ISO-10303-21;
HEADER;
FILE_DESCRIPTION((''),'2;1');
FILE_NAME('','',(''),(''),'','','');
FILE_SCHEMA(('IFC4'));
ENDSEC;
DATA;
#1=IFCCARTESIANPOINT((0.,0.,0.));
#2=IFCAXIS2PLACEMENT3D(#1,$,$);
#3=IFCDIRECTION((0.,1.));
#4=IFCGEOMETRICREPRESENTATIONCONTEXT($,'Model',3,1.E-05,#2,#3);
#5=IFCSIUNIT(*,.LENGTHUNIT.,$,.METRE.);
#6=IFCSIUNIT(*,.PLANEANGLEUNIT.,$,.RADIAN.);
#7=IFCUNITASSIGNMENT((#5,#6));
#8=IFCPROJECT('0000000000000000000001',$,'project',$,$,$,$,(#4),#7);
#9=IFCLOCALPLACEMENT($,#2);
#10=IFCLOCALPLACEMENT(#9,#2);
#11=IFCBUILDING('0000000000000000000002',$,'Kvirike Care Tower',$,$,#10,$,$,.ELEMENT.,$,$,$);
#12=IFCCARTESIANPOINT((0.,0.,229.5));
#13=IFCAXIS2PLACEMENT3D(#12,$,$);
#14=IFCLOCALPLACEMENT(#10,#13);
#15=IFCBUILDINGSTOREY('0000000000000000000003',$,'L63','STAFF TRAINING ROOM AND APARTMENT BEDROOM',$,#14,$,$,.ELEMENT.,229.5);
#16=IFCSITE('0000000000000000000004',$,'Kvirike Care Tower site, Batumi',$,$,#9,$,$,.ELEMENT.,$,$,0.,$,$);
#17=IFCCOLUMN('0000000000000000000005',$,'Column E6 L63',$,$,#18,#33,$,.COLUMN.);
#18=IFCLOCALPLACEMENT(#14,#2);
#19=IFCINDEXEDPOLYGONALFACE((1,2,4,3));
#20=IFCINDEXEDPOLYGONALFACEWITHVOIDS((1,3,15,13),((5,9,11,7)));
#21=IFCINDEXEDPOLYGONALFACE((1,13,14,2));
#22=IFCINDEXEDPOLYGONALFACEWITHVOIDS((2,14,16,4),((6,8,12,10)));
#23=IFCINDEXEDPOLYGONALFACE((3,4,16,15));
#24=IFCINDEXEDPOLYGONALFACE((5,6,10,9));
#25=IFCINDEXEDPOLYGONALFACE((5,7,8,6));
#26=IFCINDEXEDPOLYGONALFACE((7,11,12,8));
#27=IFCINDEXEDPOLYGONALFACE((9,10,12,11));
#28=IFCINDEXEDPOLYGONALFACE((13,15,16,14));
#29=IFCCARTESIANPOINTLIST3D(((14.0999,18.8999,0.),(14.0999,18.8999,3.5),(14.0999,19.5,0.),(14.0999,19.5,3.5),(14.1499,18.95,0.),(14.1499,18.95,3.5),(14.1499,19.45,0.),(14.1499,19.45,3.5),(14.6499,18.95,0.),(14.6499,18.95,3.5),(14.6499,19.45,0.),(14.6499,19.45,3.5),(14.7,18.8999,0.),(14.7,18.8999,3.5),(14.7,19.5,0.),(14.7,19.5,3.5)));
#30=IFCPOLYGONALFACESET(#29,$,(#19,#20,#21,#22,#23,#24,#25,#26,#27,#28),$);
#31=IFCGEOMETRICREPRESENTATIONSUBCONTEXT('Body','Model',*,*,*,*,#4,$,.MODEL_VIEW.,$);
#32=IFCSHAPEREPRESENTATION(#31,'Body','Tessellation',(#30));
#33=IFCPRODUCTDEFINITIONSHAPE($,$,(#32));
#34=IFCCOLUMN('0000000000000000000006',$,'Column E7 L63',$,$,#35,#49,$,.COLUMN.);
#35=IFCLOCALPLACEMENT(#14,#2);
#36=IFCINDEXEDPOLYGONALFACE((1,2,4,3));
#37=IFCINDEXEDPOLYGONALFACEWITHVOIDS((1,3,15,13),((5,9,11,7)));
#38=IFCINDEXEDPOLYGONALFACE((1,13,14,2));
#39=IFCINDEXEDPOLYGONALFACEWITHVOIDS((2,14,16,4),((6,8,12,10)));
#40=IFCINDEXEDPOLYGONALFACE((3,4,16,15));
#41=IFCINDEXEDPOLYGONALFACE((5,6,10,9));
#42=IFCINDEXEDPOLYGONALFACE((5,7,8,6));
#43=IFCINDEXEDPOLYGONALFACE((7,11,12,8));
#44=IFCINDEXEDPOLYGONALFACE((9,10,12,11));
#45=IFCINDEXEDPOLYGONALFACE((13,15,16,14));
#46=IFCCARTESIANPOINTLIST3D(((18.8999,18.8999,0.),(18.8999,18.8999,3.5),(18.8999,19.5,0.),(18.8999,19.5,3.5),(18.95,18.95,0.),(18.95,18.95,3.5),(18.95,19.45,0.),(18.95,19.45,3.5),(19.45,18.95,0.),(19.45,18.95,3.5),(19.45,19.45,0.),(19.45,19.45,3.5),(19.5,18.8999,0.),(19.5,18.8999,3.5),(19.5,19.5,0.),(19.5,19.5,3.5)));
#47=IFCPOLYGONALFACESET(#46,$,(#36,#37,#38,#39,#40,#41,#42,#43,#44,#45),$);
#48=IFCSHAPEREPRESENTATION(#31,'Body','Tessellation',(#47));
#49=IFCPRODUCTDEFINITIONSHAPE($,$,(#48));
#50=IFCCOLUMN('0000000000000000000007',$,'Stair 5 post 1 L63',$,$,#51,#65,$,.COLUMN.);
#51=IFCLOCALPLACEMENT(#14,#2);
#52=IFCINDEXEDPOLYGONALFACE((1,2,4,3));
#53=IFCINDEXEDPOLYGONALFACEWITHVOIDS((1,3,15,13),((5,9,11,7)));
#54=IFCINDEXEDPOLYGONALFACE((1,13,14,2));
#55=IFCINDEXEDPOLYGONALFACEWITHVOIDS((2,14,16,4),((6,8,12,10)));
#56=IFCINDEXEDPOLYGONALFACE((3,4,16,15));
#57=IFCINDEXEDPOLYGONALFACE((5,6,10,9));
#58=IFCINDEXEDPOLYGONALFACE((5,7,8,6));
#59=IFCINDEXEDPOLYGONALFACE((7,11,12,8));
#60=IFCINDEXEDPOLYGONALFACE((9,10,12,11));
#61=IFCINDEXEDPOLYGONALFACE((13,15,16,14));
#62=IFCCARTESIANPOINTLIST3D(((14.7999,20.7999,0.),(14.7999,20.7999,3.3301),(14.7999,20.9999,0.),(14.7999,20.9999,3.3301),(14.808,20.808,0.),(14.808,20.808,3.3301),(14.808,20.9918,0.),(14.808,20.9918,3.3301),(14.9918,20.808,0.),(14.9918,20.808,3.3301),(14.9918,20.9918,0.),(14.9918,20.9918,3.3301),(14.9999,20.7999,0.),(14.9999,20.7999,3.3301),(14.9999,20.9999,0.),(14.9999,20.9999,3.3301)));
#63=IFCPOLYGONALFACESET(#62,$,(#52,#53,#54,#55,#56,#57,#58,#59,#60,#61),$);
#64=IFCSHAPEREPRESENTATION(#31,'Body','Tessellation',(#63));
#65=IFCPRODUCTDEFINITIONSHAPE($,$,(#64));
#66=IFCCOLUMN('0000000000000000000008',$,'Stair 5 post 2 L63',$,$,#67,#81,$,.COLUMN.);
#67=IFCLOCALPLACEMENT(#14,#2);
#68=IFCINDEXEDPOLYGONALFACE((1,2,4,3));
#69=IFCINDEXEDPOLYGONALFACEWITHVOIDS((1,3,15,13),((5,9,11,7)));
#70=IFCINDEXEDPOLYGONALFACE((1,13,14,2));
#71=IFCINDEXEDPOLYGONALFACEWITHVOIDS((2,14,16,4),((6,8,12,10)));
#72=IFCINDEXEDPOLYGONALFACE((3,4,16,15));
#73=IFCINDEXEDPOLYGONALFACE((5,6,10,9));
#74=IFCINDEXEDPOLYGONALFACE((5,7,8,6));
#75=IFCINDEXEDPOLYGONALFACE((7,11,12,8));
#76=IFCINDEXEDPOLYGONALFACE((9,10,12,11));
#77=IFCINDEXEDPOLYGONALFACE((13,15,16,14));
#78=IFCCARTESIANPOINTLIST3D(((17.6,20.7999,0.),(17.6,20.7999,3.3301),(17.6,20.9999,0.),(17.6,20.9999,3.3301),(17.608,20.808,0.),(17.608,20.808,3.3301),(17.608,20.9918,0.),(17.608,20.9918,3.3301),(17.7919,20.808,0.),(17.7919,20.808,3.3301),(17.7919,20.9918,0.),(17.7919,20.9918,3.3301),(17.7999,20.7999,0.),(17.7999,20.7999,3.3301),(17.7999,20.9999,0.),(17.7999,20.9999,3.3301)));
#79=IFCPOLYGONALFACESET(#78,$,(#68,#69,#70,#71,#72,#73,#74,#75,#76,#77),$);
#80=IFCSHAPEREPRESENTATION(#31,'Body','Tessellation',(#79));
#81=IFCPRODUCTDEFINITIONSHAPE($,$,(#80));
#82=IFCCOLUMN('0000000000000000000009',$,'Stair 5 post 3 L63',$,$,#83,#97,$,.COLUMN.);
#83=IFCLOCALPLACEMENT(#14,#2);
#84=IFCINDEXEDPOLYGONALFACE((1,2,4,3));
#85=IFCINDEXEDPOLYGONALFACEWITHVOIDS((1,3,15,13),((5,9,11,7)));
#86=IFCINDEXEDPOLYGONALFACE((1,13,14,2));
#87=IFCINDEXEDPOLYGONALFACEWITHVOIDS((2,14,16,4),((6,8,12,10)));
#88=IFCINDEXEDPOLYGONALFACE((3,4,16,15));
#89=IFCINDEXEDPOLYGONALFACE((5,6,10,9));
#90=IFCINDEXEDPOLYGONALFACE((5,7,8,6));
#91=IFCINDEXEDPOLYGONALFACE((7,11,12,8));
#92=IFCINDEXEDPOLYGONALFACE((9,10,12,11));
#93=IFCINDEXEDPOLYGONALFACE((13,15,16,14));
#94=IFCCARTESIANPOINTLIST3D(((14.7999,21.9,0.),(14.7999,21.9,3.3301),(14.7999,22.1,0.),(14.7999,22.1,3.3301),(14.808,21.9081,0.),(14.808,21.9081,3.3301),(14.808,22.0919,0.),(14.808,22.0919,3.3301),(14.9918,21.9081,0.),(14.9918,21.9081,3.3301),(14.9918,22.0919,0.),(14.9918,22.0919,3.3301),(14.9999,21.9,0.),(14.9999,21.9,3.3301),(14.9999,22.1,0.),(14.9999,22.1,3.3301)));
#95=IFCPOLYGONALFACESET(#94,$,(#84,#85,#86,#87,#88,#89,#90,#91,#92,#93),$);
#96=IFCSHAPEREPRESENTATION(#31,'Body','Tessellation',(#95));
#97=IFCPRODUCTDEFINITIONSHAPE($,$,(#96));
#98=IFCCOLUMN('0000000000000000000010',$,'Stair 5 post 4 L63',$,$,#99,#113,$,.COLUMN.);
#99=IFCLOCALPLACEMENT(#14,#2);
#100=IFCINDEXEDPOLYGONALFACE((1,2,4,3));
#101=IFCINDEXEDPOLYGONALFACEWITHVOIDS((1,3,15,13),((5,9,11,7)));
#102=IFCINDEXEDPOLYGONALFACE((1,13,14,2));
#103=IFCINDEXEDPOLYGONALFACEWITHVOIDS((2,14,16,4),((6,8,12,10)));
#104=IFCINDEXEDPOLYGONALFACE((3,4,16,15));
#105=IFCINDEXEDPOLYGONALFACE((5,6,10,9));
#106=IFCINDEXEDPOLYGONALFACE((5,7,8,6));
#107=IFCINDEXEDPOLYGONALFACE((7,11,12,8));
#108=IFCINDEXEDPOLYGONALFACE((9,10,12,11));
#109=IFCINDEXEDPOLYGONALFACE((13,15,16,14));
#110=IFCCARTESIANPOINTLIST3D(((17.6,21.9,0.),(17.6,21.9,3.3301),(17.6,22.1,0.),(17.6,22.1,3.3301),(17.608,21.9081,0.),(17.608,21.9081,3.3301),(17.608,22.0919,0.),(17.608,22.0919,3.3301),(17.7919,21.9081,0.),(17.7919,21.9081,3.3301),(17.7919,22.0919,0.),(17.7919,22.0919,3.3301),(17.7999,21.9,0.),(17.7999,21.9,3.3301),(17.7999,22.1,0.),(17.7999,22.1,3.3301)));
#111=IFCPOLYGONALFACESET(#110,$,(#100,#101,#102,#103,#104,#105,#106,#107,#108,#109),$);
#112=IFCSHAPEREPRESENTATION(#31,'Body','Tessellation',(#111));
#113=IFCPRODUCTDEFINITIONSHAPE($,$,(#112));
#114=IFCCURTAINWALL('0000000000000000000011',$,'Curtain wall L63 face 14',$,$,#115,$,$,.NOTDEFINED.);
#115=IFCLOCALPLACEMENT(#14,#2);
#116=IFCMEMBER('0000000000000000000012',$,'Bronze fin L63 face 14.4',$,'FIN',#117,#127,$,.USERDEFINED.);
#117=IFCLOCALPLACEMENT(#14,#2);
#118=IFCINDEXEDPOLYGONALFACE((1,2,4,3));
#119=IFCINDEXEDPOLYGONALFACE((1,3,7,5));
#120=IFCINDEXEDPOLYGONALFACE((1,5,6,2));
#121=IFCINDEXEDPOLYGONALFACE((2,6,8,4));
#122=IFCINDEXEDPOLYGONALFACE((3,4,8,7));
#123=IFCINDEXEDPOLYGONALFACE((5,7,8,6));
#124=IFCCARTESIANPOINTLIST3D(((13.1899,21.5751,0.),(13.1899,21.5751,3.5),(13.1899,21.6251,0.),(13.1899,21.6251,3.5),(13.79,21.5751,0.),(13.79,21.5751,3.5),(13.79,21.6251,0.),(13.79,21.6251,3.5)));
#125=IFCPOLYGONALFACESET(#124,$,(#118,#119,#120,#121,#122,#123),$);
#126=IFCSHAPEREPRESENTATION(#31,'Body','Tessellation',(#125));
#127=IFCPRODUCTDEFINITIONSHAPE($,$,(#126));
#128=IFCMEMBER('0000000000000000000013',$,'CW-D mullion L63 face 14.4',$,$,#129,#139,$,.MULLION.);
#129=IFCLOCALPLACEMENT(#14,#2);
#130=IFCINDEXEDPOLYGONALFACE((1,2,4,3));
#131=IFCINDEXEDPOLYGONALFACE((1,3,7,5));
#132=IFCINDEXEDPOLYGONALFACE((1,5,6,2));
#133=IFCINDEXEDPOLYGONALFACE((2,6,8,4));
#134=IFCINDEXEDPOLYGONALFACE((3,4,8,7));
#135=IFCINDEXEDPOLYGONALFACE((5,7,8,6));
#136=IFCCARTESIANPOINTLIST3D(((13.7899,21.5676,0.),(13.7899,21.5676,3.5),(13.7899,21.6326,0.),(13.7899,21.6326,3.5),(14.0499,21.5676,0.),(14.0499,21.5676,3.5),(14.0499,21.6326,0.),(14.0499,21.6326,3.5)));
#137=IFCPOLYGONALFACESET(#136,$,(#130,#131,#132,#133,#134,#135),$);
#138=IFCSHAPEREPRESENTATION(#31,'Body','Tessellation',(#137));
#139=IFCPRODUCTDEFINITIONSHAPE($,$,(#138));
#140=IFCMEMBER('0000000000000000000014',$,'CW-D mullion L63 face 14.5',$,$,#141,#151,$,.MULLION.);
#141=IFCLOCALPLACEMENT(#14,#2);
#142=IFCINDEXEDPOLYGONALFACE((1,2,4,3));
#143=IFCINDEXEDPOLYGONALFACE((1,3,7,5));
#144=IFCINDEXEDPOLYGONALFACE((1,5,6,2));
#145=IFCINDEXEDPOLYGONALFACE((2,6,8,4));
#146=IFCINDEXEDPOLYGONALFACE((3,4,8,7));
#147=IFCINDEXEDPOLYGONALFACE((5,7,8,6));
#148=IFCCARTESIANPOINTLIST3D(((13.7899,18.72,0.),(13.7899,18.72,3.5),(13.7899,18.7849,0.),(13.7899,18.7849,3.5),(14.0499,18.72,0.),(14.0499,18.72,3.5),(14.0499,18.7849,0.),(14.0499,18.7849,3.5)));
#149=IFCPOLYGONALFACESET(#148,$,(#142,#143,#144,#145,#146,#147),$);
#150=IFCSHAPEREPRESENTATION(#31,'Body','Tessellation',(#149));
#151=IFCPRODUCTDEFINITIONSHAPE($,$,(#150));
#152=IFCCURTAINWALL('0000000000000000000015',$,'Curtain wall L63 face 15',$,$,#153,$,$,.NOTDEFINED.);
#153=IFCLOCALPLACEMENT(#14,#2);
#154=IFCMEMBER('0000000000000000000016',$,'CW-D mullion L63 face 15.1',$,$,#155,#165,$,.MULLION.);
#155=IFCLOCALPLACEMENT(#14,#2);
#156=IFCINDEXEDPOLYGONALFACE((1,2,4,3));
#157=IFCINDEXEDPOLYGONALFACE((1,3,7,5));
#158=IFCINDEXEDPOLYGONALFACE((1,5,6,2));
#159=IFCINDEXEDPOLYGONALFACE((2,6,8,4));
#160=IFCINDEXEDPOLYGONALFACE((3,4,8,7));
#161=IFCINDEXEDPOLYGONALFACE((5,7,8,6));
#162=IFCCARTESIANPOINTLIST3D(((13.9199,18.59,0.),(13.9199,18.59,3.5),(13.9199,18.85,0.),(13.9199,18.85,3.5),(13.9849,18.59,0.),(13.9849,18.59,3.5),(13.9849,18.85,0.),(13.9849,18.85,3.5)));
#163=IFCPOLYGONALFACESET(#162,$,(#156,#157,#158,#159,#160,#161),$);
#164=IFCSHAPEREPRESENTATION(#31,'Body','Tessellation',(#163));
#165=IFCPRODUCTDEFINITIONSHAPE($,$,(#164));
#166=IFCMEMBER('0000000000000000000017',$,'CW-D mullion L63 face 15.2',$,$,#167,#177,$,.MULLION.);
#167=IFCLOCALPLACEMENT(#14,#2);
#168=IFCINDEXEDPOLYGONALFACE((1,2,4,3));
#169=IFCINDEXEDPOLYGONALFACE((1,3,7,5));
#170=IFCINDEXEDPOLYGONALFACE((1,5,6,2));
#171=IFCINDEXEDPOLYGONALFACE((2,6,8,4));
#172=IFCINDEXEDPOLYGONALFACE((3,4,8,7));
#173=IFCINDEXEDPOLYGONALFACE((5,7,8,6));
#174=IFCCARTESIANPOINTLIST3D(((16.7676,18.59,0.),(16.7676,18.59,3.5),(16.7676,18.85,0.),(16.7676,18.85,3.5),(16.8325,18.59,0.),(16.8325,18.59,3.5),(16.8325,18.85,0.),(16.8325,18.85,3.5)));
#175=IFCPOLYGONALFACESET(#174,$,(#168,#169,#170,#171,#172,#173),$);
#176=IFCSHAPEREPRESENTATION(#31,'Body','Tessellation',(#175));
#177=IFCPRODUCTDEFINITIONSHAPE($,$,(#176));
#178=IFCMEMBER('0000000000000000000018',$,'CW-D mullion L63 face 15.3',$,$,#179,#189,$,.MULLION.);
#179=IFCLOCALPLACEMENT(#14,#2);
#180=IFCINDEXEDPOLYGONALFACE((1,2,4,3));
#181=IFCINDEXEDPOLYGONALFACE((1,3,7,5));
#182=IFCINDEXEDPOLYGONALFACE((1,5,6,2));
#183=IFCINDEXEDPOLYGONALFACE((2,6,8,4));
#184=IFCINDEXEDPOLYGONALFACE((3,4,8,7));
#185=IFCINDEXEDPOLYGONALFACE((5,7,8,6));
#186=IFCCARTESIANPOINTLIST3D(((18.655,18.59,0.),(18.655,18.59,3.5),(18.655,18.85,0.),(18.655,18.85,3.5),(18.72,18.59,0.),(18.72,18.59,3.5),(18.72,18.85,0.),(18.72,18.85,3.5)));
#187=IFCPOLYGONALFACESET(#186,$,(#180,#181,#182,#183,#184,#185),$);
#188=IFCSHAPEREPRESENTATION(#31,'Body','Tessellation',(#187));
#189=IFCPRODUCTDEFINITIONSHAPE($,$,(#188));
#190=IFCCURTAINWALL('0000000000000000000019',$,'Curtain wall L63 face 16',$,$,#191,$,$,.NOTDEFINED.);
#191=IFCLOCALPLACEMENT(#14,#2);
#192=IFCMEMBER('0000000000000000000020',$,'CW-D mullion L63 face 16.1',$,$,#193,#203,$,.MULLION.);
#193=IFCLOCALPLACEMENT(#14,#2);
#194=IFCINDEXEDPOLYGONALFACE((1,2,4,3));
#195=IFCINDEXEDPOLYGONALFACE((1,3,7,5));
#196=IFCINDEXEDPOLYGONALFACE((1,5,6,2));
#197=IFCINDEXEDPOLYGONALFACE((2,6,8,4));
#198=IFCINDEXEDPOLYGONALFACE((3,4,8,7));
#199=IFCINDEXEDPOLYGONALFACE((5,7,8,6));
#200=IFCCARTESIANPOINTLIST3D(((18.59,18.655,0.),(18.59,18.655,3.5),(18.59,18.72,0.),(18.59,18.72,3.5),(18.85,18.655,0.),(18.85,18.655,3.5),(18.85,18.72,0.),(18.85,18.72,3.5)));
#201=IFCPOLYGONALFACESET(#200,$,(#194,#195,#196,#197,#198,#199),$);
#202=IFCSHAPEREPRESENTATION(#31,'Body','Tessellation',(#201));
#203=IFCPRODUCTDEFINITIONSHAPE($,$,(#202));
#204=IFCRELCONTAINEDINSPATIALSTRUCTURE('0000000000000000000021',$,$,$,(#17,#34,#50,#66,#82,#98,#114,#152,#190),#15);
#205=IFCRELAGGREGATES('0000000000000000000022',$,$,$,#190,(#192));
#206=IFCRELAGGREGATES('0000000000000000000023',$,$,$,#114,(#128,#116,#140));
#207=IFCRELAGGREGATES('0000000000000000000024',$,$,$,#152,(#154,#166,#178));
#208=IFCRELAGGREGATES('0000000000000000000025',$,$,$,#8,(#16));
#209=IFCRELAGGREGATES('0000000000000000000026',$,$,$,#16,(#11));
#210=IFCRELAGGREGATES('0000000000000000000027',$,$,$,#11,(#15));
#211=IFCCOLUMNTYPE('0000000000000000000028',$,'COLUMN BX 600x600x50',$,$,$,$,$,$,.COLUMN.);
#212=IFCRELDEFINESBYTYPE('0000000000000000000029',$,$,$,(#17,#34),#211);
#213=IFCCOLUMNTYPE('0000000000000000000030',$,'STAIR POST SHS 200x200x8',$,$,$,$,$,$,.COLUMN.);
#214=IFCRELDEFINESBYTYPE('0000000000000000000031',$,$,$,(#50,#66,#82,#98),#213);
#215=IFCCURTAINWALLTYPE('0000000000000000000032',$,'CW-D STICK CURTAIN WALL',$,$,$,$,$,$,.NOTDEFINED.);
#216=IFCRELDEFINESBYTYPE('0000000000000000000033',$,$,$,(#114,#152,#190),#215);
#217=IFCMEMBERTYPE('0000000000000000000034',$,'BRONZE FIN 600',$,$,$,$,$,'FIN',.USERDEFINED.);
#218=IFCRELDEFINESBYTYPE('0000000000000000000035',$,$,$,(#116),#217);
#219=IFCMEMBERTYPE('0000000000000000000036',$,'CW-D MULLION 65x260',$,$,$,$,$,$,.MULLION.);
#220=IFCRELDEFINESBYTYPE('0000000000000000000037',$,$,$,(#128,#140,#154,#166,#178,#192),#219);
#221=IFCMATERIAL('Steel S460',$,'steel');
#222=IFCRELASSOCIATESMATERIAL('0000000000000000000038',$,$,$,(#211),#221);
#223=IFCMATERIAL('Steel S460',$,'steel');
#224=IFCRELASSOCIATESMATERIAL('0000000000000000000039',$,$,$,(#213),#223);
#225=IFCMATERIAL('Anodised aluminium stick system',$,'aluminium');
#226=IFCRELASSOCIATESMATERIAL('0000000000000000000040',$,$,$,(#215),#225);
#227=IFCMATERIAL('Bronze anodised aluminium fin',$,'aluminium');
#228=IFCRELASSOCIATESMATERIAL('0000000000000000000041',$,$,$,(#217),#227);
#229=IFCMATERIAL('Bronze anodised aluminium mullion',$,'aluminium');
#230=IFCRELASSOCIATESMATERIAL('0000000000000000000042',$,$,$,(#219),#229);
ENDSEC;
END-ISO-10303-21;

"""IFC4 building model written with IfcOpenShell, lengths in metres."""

from ifc_helpers import new_model, si_unit, direction, frame, origin, origin_2d, place, context, subcontext, project, spatial, rectangle, hollow_rectangle, extrude, material, material_profile, profile_set, type_object, element, aggregate, save


model = new_model("IFC4")

# Units and contexts
model_context = context("Model", 3, precision=1e-05, world=origin(), true_north=direction((0.0, 1.0)))
body_context = subcontext(model_context, "Body", "Model", "MODEL_VIEW")
ifc_project = project(units=[si_unit("LENGTHUNIT", "METRE"), si_unit("PLANEANGLEUNIT", "RADIAN")], contexts=[model_context])

# Site, building, storey
site_placement = place(None, origin())
site = spatial("IfcSite", under=ifc_project, at=site_placement, Name="Kvirike Care Tower site, Batumi", CompositionType="ELEMENT", RefElevation=0.0)
building_placement = place(site_placement, origin())
building = spatial("IfcBuilding", under=site, at=building_placement, Name="Kvirike Care Tower", CompositionType="ELEMENT")
storey_placement = place(building_placement, frame((0.0, 0.0, 229.5)))
storey = spatial("IfcBuildingStorey", under=building, at=storey_placement, Name="L63", Description="STAFF TRAINING ROOM AND APARTMENT BEDROOM", CompositionType="ELEMENT", Elevation=229.5)

# Columns
ifc_material_1 = material(Name="Steel S460", Category="steel")
ifc_material_profile_1 = material_profile(ifc_material_1, hollow_rectangle(XDim=0.6001, YDim=0.6001, WallThickness=0.05, at=origin_2d()), Name="BX 600x600x50")
ifc_profile_set_1 = profile_set([ifc_material_profile_1], Name="Steel S460")
column_type_1 = type_object("IfcColumnType", Name="COLUMN BX 600x600x50", PredefinedType="COLUMN", material=ifc_profile_set_1)
for number, where, z_axis, x_axis, name in (
    (1, (14.3999, 19.2, 0.0), (0.0, 0.0, 1.0), (0.0, 1.0, 0.0), "Column E6 L63"),
    (2, (19.2, 19.2, 0.0), (0.0, 0.0, 1.0), (0.0, 1.0, 0.0), "Column E7 L63"),
):
    element("IfcColumn", number, at=place(storey_placement, frame(where, z_axis=z_axis, x_axis=x_axis)), inside=storey, type_object=column_type_1, Name=name, PredefinedType="COLUMN", context=body_context, shape_type="SweptSolid", body=[
        extrude(hollow_rectangle(XDim=0.6001, YDim=0.6001, WallThickness=0.05, at=origin_2d()), origin(), (0.0, 0.0, 1.0), 3.5),
    ])
ifc_material_2 = material(Name="Steel S460", Category="steel")
ifc_material_profile_2 = material_profile(ifc_material_2, hollow_rectangle(XDim=0.2, YDim=0.2, WallThickness=0.0081, at=origin_2d()), Name="SHS 200x200x8")
ifc_profile_set_2 = profile_set([ifc_material_profile_2], Name="Steel S460")
column_type_2 = type_object("IfcColumnType", Name="STAIR POST SHS 200x200x8", PredefinedType="COLUMN", material=ifc_profile_set_2)
for number, where, z_axis, x_axis, name in (
    (3, (14.8999, 20.8999, 0.0), (0.0, 0.0, 1.0), (1.0, 0.0, 0.0), "Stair 5 post 1 L63"),
    (4, (17.7, 20.8999, 0.0), (0.0, 0.0, 1.0), (1.0, 0.0, 0.0), "Stair 5 post 2 L63"),
    (5, (14.8999, 22.0, 0.0), (0.0, 0.0, 1.0), (1.0, 0.0, 0.0), "Stair 5 post 3 L63"),
    (6, (17.7, 22.0, 0.0), (0.0, 0.0, 1.0), (1.0, 0.0, 0.0), "Stair 5 post 4 L63"),
):
    element("IfcColumn", number, at=place(storey_placement, frame(where, z_axis=z_axis, x_axis=x_axis)), inside=storey, type_object=column_type_2, Name=name, PredefinedType="COLUMN", context=body_context, shape_type="SweptSolid", body=[
        extrude(hollow_rectangle(XDim=0.2, YDim=0.2, WallThickness=0.0081, at=origin_2d()), origin(), (0.0, 0.0, 1.0), 3.3301),
    ])

# Curtain walls, members
ifc_material_3 = material(Name="Anodised aluminium stick system", Category="aluminium")
curtain_wall_type = type_object("IfcCurtainWallType", Name="CW-D STICK CURTAIN WALL", PredefinedType="NOTDEFINED", material=ifc_material_3)
curtain_wall_1_placement = place(storey_placement, origin())
curtain_wall_1 = element("IfcCurtainWall", 7, at=curtain_wall_1_placement, inside=storey, type_object=curtain_wall_type, Name="Curtain wall L63 face 14", PredefinedType="NOTDEFINED")
ifc_material_4 = material(Name="Bronze anodised aluminium fin", Category="aluminium")
ifc_material_profile_3 = material_profile(ifc_material_4, rectangle(XDim=0.05, YDim=0.6001, at=origin_2d()), Name="BRONZE FIN 600")
ifc_profile_set_3 = profile_set([ifc_material_profile_3], Name="Bronze anodised aluminium fin")
member_type_1 = type_object("IfcMemberType", Name="BRONZE FIN 600", ElementType="FIN", PredefinedType="USERDEFINED", material=ifc_profile_set_3)
member_1_placement = place(storey_placement, frame((13.49, 21.6001, 0.0), z_axis=(0.0, 0.0, 1.0), x_axis=(0.0, -1.0, 0.0)))
member_1 = element("IfcMember", 8, at=member_1_placement, type_object=member_type_1, Name="Bronze fin L63 face 14.4", ObjectType="FIN", PredefinedType="USERDEFINED", context=body_context, shape_type="SweptSolid", body=[
    extrude(rectangle(XDim=0.05, YDim=0.6001, at=origin_2d()), origin(), (0.0, 0.0, 1.0), 3.5),
])
ifc_material_5 = material(Name="Bronze anodised aluminium mullion", Category="aluminium")
ifc_material_profile_4 = material_profile(ifc_material_5, rectangle(XDim=0.0649, YDim=0.26, at=origin_2d()), Name="CW-D MULLION 65x260")
ifc_profile_set_4 = profile_set([ifc_material_profile_4], Name="Bronze anodised aluminium mullion")
member_type_2 = type_object("IfcMemberType", Name="CW-D MULLION 65x260", PredefinedType="MULLION", material=ifc_profile_set_4)
member_2_placement = place(storey_placement, frame((13.9199, 21.6001, 0.0), z_axis=(0.0, 0.0, 1.0), x_axis=(0.0, -1.0, 0.0)))
member_2 = element("IfcMember", 9, at=member_2_placement, type_object=member_type_2, Name="CW-D mullion L63 face 14.4", PredefinedType="MULLION", context=body_context, shape_type="SweptSolid", body=[
    extrude(rectangle(XDim=0.0649, YDim=0.26, at=origin_2d()), origin(), (0.0, 0.0, 1.0), 3.5),
])
member_3_placement = place(storey_placement, frame((13.9199, 18.7524, 0.0), z_axis=(0.0, 0.0, 1.0), x_axis=(0.0, -1.0, 0.0)))
member_3 = element("IfcMember", 10, at=member_3_placement, type_object=member_type_2, Name="CW-D mullion L63 face 14.5", PredefinedType="MULLION", context=body_context, shape_type="SweptSolid", body=[
    extrude(rectangle(XDim=0.0649, YDim=0.26, at=origin_2d()), origin(), (0.0, 0.0, 1.0), 3.5),
])
curtain_wall_2_placement = place(storey_placement, origin())
curtain_wall_2 = element("IfcCurtainWall", 11, at=curtain_wall_2_placement, inside=storey, type_object=curtain_wall_type, Name="Curtain wall L63 face 15", PredefinedType="NOTDEFINED")
member_4_placement = place(storey_placement, frame((13.9524, 18.72, 0.0), z_axis=(0.0, 0.0, 1.0), x_axis=(1.0, 0.0, 0.0)))
member_4 = element("IfcMember", 12, at=member_4_placement, type_object=member_type_2, Name="CW-D mullion L63 face 15.1", PredefinedType="MULLION", context=body_context, shape_type="SweptSolid", body=[
    extrude(rectangle(XDim=0.0649, YDim=0.26, at=origin_2d()), origin(), (0.0, 0.0, 1.0), 3.5),
])
member_5_placement = place(storey_placement, frame((16.8, 18.72, 0.0), z_axis=(0.0, 0.0, 1.0), x_axis=(1.0, 0.0, 0.0)))
member_5 = element("IfcMember", 13, at=member_5_placement, type_object=member_type_2, Name="CW-D mullion L63 face 15.2", PredefinedType="MULLION", context=body_context, shape_type="SweptSolid", body=[
    extrude(rectangle(XDim=0.0649, YDim=0.26, at=origin_2d()), origin(), (0.0, 0.0, 1.0), 3.5),
])
member_6_placement = place(storey_placement, frame((18.6875, 18.72, 0.0), z_axis=(0.0, 0.0, 1.0), x_axis=(1.0, 0.0, 0.0)))
member_6 = element("IfcMember", 14, at=member_6_placement, type_object=member_type_2, Name="CW-D mullion L63 face 15.3", PredefinedType="MULLION", context=body_context, shape_type="SweptSolid", body=[
    extrude(rectangle(XDim=0.0649, YDim=0.26, at=origin_2d()), origin(), (0.0, 0.0, 1.0), 3.5),
])

# Curtain wall, member
curtain_wall_3_placement = place(storey_placement, origin())
curtain_wall_3 = element("IfcCurtainWall", 15, at=curtain_wall_3_placement, inside=storey, type_object=curtain_wall_type, Name="Curtain wall L63 face 16", PredefinedType="NOTDEFINED")
member_7_placement = place(storey_placement, frame((18.72, 18.6875, 0.0), z_axis=(0.0, 0.0, 1.0), x_axis=(0.0, -1.0, 0.0)))
member_7 = element("IfcMember", 16, at=member_7_placement, type_object=member_type_2, Name="CW-D mullion L63 face 16.1", PredefinedType="MULLION", context=body_context, shape_type="SweptSolid", body=[
    extrude(rectangle(XDim=0.0649, YDim=0.26, at=origin_2d()), origin(), (0.0, 0.0, 1.0), 3.5),
])
aggregate(curtain_wall_3, [member_7])

aggregate(curtain_wall_1, [member_2, member_1, member_3])
aggregate(curtain_wall_2, [member_4, member_5, member_6])

save(model, "model.ifc")
